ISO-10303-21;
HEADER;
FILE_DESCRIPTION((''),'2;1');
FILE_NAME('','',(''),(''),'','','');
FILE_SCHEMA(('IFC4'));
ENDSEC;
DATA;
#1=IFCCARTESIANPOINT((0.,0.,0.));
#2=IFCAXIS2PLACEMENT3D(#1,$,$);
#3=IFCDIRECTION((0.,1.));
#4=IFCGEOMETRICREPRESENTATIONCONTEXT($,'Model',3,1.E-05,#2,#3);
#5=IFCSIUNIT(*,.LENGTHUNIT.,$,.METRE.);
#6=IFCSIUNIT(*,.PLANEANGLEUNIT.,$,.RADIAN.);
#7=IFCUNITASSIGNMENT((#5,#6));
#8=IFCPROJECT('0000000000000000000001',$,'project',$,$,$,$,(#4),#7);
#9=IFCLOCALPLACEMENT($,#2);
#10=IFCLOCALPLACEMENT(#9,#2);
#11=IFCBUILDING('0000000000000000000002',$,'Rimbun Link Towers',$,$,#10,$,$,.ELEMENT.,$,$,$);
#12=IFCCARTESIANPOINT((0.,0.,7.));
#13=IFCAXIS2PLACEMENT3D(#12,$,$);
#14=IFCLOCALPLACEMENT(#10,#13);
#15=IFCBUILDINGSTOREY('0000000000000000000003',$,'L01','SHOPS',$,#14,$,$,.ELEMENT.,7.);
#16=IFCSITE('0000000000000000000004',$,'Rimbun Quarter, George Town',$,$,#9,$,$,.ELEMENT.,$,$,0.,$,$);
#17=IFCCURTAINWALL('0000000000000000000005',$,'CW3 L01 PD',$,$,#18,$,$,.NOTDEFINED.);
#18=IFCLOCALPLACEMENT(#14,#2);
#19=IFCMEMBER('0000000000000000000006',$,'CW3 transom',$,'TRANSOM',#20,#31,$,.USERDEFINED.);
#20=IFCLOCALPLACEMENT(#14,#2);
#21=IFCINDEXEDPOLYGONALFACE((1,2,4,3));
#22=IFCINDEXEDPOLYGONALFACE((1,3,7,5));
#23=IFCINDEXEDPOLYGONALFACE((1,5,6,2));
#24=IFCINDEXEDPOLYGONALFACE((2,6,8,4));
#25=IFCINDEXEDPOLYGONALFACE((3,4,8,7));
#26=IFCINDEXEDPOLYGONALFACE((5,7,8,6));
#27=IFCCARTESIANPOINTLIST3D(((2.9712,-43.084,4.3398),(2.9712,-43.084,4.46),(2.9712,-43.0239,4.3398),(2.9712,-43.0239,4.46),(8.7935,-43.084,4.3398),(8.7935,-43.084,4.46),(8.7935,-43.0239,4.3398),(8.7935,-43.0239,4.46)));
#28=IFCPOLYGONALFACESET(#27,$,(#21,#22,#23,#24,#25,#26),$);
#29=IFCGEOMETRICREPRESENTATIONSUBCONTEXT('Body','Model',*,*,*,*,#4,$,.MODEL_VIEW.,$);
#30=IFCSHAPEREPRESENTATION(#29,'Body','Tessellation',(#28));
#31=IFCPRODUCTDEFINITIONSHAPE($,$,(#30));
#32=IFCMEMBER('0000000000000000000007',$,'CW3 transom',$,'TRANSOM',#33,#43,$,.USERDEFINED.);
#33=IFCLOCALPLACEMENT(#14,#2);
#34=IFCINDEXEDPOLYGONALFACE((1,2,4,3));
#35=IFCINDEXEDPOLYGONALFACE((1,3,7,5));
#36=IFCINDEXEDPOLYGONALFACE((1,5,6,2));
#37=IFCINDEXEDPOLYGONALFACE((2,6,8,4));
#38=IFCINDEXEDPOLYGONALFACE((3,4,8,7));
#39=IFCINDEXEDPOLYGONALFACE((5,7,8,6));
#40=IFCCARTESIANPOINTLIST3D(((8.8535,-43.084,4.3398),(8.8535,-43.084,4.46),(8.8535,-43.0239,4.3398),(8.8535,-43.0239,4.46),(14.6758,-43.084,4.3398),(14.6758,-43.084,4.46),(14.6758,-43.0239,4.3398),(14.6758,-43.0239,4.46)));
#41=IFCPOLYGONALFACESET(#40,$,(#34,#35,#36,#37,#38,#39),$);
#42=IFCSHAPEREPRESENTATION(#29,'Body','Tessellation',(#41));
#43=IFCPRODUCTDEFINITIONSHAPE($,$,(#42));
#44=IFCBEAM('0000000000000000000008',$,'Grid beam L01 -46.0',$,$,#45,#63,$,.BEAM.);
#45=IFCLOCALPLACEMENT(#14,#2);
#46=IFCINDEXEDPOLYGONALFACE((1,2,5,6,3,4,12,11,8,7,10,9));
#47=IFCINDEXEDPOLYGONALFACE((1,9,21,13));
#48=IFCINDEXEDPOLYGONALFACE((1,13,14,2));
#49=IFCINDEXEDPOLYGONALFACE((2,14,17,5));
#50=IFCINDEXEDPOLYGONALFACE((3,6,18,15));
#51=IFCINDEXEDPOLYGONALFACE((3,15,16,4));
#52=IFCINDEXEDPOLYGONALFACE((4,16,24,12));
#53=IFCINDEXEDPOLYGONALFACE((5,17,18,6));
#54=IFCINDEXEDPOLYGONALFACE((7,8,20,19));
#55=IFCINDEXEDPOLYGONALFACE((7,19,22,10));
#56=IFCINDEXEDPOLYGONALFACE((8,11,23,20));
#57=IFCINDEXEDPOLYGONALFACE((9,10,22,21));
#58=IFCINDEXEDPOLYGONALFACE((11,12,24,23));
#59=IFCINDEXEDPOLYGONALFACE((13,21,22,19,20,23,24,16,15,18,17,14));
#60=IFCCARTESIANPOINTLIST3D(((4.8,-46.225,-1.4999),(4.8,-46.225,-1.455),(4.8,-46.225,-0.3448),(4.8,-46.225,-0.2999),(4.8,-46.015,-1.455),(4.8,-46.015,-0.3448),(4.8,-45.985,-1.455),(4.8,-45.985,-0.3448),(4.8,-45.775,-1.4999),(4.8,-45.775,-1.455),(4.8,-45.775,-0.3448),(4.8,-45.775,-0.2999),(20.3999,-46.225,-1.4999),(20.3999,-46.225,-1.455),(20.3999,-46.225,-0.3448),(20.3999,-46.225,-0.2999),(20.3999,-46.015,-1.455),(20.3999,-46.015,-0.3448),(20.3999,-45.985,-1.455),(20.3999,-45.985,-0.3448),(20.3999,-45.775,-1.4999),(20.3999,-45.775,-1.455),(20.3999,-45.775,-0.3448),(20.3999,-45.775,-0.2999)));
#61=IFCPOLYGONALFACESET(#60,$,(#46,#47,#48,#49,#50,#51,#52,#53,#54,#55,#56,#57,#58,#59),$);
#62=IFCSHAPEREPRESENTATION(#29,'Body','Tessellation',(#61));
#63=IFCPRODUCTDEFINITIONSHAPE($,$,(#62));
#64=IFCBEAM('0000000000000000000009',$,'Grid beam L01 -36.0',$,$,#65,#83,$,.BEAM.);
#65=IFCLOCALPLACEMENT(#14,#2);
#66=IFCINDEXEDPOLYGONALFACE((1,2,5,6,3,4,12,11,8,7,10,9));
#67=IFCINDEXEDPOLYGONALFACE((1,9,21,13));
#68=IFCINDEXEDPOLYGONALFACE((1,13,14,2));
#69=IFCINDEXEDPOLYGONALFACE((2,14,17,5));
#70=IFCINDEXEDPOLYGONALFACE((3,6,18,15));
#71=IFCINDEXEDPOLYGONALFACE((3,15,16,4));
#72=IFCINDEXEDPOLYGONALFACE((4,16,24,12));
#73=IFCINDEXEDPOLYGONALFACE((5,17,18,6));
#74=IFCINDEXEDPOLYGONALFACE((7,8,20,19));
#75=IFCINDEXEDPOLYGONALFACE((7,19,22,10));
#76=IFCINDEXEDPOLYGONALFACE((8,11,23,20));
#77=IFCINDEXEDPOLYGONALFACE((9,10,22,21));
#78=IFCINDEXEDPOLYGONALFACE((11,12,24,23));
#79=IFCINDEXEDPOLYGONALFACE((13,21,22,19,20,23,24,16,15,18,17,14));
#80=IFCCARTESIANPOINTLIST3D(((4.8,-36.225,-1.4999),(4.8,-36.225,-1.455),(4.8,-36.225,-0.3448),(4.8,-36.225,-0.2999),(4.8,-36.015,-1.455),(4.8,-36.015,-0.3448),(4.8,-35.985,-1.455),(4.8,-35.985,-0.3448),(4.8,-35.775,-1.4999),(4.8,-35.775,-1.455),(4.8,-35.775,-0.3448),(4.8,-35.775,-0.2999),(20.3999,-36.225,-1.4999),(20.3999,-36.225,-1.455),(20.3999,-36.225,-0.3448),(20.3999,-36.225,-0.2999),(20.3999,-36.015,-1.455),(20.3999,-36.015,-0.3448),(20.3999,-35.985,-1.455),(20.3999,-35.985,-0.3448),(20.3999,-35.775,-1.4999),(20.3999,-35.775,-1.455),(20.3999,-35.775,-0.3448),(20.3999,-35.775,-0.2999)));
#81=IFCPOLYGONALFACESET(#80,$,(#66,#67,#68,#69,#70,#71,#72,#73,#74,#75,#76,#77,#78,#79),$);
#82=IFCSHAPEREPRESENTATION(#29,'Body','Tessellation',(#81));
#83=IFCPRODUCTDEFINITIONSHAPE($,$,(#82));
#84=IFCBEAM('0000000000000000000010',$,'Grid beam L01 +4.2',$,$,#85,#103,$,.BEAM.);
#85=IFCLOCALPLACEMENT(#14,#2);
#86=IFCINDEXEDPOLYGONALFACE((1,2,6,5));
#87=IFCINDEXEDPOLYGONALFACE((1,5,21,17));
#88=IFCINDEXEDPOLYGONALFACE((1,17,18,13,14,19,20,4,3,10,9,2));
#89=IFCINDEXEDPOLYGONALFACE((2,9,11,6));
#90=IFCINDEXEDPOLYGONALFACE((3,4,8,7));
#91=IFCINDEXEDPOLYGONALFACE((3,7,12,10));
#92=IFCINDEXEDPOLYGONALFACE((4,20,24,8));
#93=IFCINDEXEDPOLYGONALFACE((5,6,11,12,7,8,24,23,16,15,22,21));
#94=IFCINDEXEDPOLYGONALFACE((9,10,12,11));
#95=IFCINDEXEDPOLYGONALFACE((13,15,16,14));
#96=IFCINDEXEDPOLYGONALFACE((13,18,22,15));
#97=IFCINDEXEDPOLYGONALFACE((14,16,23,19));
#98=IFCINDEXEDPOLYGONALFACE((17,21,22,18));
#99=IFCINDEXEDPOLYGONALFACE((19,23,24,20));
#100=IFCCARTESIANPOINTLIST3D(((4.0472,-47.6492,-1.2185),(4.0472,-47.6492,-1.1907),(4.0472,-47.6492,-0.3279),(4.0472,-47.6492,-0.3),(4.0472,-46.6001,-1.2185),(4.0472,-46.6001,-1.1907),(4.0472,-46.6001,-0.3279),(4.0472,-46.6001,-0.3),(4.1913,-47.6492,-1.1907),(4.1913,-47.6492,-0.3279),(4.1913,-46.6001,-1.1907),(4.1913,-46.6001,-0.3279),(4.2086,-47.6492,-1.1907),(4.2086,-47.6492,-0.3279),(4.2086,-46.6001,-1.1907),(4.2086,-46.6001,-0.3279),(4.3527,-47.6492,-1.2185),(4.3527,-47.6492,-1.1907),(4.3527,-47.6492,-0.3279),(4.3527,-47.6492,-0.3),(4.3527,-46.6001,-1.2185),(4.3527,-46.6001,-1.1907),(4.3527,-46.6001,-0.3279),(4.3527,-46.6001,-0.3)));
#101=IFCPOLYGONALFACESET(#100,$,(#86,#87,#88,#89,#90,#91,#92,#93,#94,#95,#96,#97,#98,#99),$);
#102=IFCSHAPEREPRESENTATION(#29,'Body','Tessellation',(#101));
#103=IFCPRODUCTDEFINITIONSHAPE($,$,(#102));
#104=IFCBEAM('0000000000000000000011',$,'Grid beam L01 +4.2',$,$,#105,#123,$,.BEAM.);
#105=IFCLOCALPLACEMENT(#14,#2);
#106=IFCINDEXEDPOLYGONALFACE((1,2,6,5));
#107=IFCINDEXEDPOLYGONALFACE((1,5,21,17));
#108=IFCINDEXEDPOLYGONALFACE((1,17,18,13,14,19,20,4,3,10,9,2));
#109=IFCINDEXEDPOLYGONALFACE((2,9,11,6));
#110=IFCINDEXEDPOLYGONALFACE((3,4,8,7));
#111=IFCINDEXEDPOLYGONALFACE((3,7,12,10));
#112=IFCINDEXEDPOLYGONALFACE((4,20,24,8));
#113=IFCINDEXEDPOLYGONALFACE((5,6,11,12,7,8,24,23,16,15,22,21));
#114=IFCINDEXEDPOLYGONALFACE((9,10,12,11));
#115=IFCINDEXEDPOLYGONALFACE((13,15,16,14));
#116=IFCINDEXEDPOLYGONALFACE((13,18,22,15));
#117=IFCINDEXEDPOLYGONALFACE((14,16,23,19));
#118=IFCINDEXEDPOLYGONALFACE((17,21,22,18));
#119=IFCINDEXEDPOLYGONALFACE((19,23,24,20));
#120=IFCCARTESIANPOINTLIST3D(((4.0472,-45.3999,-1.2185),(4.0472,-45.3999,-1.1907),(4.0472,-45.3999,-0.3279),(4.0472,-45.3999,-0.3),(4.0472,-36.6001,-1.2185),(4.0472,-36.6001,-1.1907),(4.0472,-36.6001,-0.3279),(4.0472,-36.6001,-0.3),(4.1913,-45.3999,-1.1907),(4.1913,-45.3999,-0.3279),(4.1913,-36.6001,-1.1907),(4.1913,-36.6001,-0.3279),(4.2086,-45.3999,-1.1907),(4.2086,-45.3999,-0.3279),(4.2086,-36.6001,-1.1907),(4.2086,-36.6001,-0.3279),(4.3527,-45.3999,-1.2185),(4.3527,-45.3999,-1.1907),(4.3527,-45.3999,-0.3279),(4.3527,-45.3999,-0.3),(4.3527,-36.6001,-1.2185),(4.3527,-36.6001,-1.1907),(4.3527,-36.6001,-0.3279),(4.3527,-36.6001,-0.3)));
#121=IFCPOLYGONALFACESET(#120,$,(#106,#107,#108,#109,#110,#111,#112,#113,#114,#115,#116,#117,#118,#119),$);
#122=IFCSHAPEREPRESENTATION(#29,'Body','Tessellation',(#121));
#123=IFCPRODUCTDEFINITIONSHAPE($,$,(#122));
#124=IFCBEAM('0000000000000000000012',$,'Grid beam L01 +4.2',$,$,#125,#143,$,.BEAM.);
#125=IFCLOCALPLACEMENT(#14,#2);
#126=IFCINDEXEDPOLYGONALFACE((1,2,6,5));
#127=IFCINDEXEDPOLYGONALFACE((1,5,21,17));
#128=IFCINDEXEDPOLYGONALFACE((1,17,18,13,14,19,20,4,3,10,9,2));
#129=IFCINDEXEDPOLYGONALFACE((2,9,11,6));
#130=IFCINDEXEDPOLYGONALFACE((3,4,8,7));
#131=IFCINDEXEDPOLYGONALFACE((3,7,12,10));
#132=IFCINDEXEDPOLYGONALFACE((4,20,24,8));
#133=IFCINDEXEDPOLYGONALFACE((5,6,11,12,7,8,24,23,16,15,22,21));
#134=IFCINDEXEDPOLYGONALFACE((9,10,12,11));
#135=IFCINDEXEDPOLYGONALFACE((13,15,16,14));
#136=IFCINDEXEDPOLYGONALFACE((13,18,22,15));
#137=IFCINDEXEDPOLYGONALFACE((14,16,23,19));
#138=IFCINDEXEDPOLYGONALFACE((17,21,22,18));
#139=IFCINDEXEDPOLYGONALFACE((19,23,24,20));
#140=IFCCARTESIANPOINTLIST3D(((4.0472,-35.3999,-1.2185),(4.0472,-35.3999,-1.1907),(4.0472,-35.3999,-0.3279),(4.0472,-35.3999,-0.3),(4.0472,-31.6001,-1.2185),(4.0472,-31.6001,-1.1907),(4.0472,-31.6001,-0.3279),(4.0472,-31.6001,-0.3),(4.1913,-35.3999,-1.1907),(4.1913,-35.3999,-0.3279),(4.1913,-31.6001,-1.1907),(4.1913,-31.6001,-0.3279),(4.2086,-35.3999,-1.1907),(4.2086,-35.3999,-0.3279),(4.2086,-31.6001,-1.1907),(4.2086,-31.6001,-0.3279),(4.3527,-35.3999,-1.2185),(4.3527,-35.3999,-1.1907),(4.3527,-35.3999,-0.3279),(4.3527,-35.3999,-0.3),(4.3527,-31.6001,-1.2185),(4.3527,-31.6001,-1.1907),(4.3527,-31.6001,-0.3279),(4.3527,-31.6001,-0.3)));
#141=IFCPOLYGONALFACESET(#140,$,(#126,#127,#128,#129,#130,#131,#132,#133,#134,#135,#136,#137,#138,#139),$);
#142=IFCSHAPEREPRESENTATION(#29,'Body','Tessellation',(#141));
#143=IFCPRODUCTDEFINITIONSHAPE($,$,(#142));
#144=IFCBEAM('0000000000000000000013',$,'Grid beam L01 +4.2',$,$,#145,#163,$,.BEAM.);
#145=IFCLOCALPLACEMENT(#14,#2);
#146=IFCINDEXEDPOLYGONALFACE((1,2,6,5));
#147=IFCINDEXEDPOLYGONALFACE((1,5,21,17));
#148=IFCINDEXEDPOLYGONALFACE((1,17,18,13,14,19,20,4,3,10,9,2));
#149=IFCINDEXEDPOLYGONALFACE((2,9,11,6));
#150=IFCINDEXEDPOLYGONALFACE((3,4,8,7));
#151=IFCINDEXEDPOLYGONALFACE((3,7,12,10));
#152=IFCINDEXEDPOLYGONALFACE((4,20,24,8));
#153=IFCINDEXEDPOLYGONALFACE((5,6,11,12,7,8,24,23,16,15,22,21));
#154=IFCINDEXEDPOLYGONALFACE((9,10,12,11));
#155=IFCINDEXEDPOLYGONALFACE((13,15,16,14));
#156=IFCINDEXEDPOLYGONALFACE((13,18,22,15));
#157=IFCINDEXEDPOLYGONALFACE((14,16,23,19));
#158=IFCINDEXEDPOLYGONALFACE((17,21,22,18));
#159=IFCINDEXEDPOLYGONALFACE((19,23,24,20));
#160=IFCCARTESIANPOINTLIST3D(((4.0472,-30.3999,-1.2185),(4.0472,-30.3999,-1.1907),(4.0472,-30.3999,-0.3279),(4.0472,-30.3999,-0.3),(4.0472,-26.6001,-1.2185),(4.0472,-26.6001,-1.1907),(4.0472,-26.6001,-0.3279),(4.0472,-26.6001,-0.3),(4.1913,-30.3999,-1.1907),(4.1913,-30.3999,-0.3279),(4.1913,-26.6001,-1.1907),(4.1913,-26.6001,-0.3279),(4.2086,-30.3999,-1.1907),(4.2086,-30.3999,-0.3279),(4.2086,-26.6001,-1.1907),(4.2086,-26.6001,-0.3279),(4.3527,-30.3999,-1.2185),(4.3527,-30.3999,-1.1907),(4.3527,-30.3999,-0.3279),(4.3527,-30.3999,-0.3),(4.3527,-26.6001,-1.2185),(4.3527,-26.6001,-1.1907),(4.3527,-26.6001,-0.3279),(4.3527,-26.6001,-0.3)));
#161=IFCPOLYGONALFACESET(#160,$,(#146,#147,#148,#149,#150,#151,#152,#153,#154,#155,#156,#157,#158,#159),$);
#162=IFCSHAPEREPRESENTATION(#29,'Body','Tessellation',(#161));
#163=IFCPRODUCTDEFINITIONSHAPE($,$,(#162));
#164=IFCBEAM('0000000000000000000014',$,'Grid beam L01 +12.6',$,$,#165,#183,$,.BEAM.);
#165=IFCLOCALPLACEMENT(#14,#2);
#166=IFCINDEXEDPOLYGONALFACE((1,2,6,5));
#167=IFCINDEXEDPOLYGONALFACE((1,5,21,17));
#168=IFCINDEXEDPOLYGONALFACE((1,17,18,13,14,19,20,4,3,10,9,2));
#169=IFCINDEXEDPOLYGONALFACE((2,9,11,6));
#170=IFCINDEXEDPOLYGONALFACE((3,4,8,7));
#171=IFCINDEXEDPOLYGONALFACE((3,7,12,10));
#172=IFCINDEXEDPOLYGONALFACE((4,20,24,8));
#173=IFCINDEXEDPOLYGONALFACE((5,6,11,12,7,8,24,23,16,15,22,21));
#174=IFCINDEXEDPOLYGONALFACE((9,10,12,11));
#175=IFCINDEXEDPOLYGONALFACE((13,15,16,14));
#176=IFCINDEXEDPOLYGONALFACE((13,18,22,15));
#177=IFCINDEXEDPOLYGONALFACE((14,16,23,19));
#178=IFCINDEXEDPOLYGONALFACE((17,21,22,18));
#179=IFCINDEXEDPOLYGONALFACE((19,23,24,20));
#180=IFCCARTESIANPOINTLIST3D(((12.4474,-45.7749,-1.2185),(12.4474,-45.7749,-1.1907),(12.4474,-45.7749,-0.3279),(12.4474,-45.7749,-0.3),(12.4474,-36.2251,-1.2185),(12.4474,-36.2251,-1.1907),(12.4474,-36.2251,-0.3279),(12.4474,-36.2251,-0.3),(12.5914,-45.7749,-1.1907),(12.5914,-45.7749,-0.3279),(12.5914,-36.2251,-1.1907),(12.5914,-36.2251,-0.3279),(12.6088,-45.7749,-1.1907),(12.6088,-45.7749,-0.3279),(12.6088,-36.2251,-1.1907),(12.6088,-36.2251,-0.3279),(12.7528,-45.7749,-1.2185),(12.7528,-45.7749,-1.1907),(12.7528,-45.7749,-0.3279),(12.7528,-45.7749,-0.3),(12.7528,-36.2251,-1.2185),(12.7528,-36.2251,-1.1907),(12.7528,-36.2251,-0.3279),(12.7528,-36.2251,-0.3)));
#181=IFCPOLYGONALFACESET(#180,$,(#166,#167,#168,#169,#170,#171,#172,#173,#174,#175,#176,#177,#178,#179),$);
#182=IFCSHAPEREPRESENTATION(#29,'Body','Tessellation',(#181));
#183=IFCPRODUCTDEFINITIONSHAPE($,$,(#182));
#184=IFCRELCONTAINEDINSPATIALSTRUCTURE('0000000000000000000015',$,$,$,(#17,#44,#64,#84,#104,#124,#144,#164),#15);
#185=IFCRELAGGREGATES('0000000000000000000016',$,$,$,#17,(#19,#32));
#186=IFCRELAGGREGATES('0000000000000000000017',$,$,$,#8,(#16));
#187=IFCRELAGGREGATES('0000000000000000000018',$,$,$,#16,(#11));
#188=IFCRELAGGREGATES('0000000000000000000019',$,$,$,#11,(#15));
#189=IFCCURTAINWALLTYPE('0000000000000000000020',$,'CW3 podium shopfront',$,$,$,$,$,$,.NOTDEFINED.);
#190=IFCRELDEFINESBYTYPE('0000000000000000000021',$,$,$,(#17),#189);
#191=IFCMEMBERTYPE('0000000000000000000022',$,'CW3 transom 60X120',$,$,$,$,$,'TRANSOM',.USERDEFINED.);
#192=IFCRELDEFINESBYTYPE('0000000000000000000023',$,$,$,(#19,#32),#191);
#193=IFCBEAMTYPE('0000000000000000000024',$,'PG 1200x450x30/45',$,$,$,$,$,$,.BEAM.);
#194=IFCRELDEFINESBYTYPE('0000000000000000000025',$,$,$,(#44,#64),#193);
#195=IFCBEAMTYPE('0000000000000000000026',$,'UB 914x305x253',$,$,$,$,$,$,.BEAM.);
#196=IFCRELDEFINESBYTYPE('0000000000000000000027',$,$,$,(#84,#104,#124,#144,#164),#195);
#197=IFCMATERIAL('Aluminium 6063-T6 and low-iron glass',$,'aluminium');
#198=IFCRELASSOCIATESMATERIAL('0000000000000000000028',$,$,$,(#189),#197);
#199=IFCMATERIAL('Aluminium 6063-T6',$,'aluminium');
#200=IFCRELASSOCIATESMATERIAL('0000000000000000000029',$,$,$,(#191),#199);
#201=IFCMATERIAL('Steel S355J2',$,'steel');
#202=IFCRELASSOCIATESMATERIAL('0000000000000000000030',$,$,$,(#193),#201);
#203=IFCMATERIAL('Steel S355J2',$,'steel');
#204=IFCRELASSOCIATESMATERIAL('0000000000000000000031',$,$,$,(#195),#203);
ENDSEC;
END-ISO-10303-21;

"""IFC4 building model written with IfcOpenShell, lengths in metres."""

from ifc_helpers import new_model, si_unit, direction, frame, origin, origin_2d, place, context, subcontext, project, spatial, rectangle, i_section, extrude, material, material_profile, profile_set, type_object, element, aggregate, save


model = new_model("IFC4")

# Units and contexts
model_context = context("Model", 3, precision=1e-05, world=origin(), true_north=direction((0.0, 1.0)))
body_context = subcontext(model_context, "Body", "Model", "MODEL_VIEW")
ifc_project = project(units=[si_unit("LENGTHUNIT", "METRE"), si_unit("PLANEANGLEUNIT", "RADIAN")], contexts=[model_context])

# Site, building, storey
site_placement = place(None, origin())
site = spatial("IfcSite", under=ifc_project, at=site_placement, Name="Rimbun Quarter, George Town", CompositionType="ELEMENT", RefElevation=0.0)
building_placement = place(site_placement, origin())
building = spatial("IfcBuilding", under=site, at=building_placement, Name="Rimbun Link Towers", CompositionType="ELEMENT")
storey_placement = place(building_placement, frame((0.0, 0.0, 7.0)))
storey = spatial("IfcBuildingStorey", under=building, at=storey_placement, Name="L01", Description="SHOPS", CompositionType="ELEMENT", Elevation=7.0)

# Curtain wall, members
ifc_material_1 = material(Name="Aluminium 6063-T6 and low-iron glass", Category="aluminium")
curtain_wall_type = type_object("IfcCurtainWallType", Name="CW3 podium shopfront", PredefinedType="NOTDEFINED", material=ifc_material_1)
curtain_wall_placement = place(storey_placement, origin())
curtain_wall = element("IfcCurtainWall", 1, at=curtain_wall_placement, inside=storey, type_object=curtain_wall_type, Name="CW3 L01 PD", PredefinedType="NOTDEFINED")
ifc_material_2 = material(Name="Aluminium 6063-T6", Category="aluminium")
ifc_material_profile_1 = material_profile(ifc_material_2, rectangle(XDim=0.0601, YDim=0.1201, at=origin_2d()), Name="TRANSOM 60X120")
ifc_profile_set_1 = profile_set([ifc_material_profile_1], Name="Aluminium 6063-T6")
member_type_1 = type_object("IfcMemberType", Name="CW3 transom 60X120", ElementType="TRANSOM", PredefinedType="USERDEFINED", material=ifc_profile_set_1)
member_1_placement = place(storey_placement, frame((8.7935, -43.054, 4.3999), z_axis=(-1.0, 0.0, 0.0), x_axis=(0.0, -1.0, 0.0)))
member_1 = element("IfcMember", 2, at=member_1_placement, type_object=member_type_1, Name="CW3 transom", ObjectType="TRANSOM", PredefinedType="USERDEFINED", context=body_context, shape_type="SweptSolid", body=[
    extrude(rectangle(XDim=0.0601, YDim=0.1201, at=origin_2d()), origin(), (0.0, 0.0, 1.0), 5.8223),
])
member_2_placement = place(storey_placement, frame((14.6758, -43.054, 4.3999), z_axis=(-1.0, 0.0, 0.0), x_axis=(0.0, -1.0, 0.0)))
member_2 = element("IfcMember", 3, at=member_2_placement, type_object=member_type_1, Name="CW3 transom", ObjectType="TRANSOM", PredefinedType="USERDEFINED", context=body_context, shape_type="SweptSolid", body=[
    extrude(rectangle(XDim=0.0601, YDim=0.1201, at=origin_2d()), origin(), (0.0, 0.0, 1.0), 5.8223),
])

# Beams
ifc_material_3 = material(Name="Steel S355J2", Category="steel")
ifc_material_profile_2 = material_profile(ifc_material_3, i_section(OverallWidth=0.45, OverallDepth=1.2, WebThickness=0.03, FlangeThickness=0.0449, at=origin_2d()), Name="PG 1200x450x30/45")
ifc_profile_set_2 = profile_set([ifc_material_profile_2], Name="Steel S355J2")
beam_type_1 = type_object("IfcBeamType", Name="PG 1200x450x30/45", PredefinedType="BEAM", material=ifc_profile_set_2)
for number, where, z_axis, x_axis, name in (
    (4, (4.8, -46.0, -0.8999), (1.0, 0.0, 0.0), (0.0, 1.0, 0.0), "Grid beam L01 -46.0"),
    (5, (4.8, -36.0, -0.8999), (1.0, 0.0, 0.0), (0.0, 1.0, 0.0), "Grid beam L01 -36.0"),
):
    element("IfcBeam", number, at=place(storey_placement, frame(where, z_axis=z_axis, x_axis=x_axis)), inside=storey, type_object=beam_type_1, Name=name, PredefinedType="BEAM", context=body_context, shape_type="SweptSolid", body=[
        extrude(i_section(OverallWidth=0.45, OverallDepth=1.2, WebThickness=0.03, FlangeThickness=0.0449, at=origin_2d()), origin(), (0.0, 0.0, 1.0), 15.5999),
    ])
ifc_material_4 = material(Name="Steel S355J2", Category="steel")
ifc_material_profile_3 = material_profile(ifc_material_4, i_section(OverallWidth=0.3054, OverallDepth=0.9185, WebThickness=0.0173, FlangeThickness=0.0278, at=origin_2d()), Name="UB 914x305x253")
ifc_profile_set_3 = profile_set([ifc_material_profile_3], Name="Steel S355J2")
beam_type_2 = type_object("IfcBeamType", Name="UB 914x305x253", PredefinedType="BEAM", material=ifc_profile_set_3)
beam_1_placement = place(storey_placement, frame((4.2, -47.6492, -0.7593), z_axis=(0.0, 1.0, 0.0), x_axis=(-1.0, 0.0, 0.0)))
element("IfcBeam", 6, at=beam_1_placement, inside=storey, type_object=beam_type_2, Name="Grid beam L01 +4.2", PredefinedType="BEAM", context=body_context, shape_type="SweptSolid", body=[
    extrude(i_section(OverallWidth=0.3054, OverallDepth=0.9185, WebThickness=0.0173, FlangeThickness=0.0278, at=origin_2d()), origin(), (0.0, 0.0, 1.0), 1.0491),
])
beam_2_placement = place(storey_placement, frame((4.2, -45.3999, -0.7593), z_axis=(0.0, 1.0, 0.0), x_axis=(-1.0, 0.0, 0.0)))
element("IfcBeam", 7, at=beam_2_placement, inside=storey, type_object=beam_type_2, Name="Grid beam L01 +4.2", PredefinedType="BEAM", context=body_context, shape_type="SweptSolid", body=[
    extrude(i_section(OverallWidth=0.3054, OverallDepth=0.9185, WebThickness=0.0173, FlangeThickness=0.0278, at=origin_2d()), origin(), (0.0, 0.0, 1.0), 8.7998),
])
for number, where, z_axis, x_axis, name in (
    (8, (4.2, -35.3999, -0.7593), (0.0, 1.0, 0.0), (-1.0, 0.0, 0.0), "Grid beam L01 +4.2"),
    (9, (4.2, -30.3999, -0.7593), (0.0, 1.0, 0.0), (-1.0, 0.0, 0.0), "Grid beam L01 +4.2"),
):
    element("IfcBeam", number, at=place(storey_placement, frame(where, z_axis=z_axis, x_axis=x_axis)), inside=storey, type_object=beam_type_2, Name=name, PredefinedType="BEAM", context=body_context, shape_type="SweptSolid", body=[
        extrude(i_section(OverallWidth=0.3054, OverallDepth=0.9185, WebThickness=0.0173, FlangeThickness=0.0278, at=origin_2d()), origin(), (0.0, 0.0, 1.0), 3.7998),
    ])
beam_3_placement = place(storey_placement, frame((12.6001, -45.7749, -0.7593), z_axis=(0.0, 1.0, 0.0), x_axis=(-1.0, 0.0, 0.0)))
element("IfcBeam", 10, at=beam_3_placement, inside=storey, type_object=beam_type_2, Name="Grid beam L01 +12.6", PredefinedType="BEAM", context=body_context, shape_type="SweptSolid", body=[
    extrude(i_section(OverallWidth=0.3054, OverallDepth=0.9185, WebThickness=0.0173, FlangeThickness=0.0278, at=origin_2d()), origin(), (0.0, 0.0, 1.0), 9.5498),
])

aggregate(curtain_wall, [member_1, member_2])

save(model, "model.ifc")
